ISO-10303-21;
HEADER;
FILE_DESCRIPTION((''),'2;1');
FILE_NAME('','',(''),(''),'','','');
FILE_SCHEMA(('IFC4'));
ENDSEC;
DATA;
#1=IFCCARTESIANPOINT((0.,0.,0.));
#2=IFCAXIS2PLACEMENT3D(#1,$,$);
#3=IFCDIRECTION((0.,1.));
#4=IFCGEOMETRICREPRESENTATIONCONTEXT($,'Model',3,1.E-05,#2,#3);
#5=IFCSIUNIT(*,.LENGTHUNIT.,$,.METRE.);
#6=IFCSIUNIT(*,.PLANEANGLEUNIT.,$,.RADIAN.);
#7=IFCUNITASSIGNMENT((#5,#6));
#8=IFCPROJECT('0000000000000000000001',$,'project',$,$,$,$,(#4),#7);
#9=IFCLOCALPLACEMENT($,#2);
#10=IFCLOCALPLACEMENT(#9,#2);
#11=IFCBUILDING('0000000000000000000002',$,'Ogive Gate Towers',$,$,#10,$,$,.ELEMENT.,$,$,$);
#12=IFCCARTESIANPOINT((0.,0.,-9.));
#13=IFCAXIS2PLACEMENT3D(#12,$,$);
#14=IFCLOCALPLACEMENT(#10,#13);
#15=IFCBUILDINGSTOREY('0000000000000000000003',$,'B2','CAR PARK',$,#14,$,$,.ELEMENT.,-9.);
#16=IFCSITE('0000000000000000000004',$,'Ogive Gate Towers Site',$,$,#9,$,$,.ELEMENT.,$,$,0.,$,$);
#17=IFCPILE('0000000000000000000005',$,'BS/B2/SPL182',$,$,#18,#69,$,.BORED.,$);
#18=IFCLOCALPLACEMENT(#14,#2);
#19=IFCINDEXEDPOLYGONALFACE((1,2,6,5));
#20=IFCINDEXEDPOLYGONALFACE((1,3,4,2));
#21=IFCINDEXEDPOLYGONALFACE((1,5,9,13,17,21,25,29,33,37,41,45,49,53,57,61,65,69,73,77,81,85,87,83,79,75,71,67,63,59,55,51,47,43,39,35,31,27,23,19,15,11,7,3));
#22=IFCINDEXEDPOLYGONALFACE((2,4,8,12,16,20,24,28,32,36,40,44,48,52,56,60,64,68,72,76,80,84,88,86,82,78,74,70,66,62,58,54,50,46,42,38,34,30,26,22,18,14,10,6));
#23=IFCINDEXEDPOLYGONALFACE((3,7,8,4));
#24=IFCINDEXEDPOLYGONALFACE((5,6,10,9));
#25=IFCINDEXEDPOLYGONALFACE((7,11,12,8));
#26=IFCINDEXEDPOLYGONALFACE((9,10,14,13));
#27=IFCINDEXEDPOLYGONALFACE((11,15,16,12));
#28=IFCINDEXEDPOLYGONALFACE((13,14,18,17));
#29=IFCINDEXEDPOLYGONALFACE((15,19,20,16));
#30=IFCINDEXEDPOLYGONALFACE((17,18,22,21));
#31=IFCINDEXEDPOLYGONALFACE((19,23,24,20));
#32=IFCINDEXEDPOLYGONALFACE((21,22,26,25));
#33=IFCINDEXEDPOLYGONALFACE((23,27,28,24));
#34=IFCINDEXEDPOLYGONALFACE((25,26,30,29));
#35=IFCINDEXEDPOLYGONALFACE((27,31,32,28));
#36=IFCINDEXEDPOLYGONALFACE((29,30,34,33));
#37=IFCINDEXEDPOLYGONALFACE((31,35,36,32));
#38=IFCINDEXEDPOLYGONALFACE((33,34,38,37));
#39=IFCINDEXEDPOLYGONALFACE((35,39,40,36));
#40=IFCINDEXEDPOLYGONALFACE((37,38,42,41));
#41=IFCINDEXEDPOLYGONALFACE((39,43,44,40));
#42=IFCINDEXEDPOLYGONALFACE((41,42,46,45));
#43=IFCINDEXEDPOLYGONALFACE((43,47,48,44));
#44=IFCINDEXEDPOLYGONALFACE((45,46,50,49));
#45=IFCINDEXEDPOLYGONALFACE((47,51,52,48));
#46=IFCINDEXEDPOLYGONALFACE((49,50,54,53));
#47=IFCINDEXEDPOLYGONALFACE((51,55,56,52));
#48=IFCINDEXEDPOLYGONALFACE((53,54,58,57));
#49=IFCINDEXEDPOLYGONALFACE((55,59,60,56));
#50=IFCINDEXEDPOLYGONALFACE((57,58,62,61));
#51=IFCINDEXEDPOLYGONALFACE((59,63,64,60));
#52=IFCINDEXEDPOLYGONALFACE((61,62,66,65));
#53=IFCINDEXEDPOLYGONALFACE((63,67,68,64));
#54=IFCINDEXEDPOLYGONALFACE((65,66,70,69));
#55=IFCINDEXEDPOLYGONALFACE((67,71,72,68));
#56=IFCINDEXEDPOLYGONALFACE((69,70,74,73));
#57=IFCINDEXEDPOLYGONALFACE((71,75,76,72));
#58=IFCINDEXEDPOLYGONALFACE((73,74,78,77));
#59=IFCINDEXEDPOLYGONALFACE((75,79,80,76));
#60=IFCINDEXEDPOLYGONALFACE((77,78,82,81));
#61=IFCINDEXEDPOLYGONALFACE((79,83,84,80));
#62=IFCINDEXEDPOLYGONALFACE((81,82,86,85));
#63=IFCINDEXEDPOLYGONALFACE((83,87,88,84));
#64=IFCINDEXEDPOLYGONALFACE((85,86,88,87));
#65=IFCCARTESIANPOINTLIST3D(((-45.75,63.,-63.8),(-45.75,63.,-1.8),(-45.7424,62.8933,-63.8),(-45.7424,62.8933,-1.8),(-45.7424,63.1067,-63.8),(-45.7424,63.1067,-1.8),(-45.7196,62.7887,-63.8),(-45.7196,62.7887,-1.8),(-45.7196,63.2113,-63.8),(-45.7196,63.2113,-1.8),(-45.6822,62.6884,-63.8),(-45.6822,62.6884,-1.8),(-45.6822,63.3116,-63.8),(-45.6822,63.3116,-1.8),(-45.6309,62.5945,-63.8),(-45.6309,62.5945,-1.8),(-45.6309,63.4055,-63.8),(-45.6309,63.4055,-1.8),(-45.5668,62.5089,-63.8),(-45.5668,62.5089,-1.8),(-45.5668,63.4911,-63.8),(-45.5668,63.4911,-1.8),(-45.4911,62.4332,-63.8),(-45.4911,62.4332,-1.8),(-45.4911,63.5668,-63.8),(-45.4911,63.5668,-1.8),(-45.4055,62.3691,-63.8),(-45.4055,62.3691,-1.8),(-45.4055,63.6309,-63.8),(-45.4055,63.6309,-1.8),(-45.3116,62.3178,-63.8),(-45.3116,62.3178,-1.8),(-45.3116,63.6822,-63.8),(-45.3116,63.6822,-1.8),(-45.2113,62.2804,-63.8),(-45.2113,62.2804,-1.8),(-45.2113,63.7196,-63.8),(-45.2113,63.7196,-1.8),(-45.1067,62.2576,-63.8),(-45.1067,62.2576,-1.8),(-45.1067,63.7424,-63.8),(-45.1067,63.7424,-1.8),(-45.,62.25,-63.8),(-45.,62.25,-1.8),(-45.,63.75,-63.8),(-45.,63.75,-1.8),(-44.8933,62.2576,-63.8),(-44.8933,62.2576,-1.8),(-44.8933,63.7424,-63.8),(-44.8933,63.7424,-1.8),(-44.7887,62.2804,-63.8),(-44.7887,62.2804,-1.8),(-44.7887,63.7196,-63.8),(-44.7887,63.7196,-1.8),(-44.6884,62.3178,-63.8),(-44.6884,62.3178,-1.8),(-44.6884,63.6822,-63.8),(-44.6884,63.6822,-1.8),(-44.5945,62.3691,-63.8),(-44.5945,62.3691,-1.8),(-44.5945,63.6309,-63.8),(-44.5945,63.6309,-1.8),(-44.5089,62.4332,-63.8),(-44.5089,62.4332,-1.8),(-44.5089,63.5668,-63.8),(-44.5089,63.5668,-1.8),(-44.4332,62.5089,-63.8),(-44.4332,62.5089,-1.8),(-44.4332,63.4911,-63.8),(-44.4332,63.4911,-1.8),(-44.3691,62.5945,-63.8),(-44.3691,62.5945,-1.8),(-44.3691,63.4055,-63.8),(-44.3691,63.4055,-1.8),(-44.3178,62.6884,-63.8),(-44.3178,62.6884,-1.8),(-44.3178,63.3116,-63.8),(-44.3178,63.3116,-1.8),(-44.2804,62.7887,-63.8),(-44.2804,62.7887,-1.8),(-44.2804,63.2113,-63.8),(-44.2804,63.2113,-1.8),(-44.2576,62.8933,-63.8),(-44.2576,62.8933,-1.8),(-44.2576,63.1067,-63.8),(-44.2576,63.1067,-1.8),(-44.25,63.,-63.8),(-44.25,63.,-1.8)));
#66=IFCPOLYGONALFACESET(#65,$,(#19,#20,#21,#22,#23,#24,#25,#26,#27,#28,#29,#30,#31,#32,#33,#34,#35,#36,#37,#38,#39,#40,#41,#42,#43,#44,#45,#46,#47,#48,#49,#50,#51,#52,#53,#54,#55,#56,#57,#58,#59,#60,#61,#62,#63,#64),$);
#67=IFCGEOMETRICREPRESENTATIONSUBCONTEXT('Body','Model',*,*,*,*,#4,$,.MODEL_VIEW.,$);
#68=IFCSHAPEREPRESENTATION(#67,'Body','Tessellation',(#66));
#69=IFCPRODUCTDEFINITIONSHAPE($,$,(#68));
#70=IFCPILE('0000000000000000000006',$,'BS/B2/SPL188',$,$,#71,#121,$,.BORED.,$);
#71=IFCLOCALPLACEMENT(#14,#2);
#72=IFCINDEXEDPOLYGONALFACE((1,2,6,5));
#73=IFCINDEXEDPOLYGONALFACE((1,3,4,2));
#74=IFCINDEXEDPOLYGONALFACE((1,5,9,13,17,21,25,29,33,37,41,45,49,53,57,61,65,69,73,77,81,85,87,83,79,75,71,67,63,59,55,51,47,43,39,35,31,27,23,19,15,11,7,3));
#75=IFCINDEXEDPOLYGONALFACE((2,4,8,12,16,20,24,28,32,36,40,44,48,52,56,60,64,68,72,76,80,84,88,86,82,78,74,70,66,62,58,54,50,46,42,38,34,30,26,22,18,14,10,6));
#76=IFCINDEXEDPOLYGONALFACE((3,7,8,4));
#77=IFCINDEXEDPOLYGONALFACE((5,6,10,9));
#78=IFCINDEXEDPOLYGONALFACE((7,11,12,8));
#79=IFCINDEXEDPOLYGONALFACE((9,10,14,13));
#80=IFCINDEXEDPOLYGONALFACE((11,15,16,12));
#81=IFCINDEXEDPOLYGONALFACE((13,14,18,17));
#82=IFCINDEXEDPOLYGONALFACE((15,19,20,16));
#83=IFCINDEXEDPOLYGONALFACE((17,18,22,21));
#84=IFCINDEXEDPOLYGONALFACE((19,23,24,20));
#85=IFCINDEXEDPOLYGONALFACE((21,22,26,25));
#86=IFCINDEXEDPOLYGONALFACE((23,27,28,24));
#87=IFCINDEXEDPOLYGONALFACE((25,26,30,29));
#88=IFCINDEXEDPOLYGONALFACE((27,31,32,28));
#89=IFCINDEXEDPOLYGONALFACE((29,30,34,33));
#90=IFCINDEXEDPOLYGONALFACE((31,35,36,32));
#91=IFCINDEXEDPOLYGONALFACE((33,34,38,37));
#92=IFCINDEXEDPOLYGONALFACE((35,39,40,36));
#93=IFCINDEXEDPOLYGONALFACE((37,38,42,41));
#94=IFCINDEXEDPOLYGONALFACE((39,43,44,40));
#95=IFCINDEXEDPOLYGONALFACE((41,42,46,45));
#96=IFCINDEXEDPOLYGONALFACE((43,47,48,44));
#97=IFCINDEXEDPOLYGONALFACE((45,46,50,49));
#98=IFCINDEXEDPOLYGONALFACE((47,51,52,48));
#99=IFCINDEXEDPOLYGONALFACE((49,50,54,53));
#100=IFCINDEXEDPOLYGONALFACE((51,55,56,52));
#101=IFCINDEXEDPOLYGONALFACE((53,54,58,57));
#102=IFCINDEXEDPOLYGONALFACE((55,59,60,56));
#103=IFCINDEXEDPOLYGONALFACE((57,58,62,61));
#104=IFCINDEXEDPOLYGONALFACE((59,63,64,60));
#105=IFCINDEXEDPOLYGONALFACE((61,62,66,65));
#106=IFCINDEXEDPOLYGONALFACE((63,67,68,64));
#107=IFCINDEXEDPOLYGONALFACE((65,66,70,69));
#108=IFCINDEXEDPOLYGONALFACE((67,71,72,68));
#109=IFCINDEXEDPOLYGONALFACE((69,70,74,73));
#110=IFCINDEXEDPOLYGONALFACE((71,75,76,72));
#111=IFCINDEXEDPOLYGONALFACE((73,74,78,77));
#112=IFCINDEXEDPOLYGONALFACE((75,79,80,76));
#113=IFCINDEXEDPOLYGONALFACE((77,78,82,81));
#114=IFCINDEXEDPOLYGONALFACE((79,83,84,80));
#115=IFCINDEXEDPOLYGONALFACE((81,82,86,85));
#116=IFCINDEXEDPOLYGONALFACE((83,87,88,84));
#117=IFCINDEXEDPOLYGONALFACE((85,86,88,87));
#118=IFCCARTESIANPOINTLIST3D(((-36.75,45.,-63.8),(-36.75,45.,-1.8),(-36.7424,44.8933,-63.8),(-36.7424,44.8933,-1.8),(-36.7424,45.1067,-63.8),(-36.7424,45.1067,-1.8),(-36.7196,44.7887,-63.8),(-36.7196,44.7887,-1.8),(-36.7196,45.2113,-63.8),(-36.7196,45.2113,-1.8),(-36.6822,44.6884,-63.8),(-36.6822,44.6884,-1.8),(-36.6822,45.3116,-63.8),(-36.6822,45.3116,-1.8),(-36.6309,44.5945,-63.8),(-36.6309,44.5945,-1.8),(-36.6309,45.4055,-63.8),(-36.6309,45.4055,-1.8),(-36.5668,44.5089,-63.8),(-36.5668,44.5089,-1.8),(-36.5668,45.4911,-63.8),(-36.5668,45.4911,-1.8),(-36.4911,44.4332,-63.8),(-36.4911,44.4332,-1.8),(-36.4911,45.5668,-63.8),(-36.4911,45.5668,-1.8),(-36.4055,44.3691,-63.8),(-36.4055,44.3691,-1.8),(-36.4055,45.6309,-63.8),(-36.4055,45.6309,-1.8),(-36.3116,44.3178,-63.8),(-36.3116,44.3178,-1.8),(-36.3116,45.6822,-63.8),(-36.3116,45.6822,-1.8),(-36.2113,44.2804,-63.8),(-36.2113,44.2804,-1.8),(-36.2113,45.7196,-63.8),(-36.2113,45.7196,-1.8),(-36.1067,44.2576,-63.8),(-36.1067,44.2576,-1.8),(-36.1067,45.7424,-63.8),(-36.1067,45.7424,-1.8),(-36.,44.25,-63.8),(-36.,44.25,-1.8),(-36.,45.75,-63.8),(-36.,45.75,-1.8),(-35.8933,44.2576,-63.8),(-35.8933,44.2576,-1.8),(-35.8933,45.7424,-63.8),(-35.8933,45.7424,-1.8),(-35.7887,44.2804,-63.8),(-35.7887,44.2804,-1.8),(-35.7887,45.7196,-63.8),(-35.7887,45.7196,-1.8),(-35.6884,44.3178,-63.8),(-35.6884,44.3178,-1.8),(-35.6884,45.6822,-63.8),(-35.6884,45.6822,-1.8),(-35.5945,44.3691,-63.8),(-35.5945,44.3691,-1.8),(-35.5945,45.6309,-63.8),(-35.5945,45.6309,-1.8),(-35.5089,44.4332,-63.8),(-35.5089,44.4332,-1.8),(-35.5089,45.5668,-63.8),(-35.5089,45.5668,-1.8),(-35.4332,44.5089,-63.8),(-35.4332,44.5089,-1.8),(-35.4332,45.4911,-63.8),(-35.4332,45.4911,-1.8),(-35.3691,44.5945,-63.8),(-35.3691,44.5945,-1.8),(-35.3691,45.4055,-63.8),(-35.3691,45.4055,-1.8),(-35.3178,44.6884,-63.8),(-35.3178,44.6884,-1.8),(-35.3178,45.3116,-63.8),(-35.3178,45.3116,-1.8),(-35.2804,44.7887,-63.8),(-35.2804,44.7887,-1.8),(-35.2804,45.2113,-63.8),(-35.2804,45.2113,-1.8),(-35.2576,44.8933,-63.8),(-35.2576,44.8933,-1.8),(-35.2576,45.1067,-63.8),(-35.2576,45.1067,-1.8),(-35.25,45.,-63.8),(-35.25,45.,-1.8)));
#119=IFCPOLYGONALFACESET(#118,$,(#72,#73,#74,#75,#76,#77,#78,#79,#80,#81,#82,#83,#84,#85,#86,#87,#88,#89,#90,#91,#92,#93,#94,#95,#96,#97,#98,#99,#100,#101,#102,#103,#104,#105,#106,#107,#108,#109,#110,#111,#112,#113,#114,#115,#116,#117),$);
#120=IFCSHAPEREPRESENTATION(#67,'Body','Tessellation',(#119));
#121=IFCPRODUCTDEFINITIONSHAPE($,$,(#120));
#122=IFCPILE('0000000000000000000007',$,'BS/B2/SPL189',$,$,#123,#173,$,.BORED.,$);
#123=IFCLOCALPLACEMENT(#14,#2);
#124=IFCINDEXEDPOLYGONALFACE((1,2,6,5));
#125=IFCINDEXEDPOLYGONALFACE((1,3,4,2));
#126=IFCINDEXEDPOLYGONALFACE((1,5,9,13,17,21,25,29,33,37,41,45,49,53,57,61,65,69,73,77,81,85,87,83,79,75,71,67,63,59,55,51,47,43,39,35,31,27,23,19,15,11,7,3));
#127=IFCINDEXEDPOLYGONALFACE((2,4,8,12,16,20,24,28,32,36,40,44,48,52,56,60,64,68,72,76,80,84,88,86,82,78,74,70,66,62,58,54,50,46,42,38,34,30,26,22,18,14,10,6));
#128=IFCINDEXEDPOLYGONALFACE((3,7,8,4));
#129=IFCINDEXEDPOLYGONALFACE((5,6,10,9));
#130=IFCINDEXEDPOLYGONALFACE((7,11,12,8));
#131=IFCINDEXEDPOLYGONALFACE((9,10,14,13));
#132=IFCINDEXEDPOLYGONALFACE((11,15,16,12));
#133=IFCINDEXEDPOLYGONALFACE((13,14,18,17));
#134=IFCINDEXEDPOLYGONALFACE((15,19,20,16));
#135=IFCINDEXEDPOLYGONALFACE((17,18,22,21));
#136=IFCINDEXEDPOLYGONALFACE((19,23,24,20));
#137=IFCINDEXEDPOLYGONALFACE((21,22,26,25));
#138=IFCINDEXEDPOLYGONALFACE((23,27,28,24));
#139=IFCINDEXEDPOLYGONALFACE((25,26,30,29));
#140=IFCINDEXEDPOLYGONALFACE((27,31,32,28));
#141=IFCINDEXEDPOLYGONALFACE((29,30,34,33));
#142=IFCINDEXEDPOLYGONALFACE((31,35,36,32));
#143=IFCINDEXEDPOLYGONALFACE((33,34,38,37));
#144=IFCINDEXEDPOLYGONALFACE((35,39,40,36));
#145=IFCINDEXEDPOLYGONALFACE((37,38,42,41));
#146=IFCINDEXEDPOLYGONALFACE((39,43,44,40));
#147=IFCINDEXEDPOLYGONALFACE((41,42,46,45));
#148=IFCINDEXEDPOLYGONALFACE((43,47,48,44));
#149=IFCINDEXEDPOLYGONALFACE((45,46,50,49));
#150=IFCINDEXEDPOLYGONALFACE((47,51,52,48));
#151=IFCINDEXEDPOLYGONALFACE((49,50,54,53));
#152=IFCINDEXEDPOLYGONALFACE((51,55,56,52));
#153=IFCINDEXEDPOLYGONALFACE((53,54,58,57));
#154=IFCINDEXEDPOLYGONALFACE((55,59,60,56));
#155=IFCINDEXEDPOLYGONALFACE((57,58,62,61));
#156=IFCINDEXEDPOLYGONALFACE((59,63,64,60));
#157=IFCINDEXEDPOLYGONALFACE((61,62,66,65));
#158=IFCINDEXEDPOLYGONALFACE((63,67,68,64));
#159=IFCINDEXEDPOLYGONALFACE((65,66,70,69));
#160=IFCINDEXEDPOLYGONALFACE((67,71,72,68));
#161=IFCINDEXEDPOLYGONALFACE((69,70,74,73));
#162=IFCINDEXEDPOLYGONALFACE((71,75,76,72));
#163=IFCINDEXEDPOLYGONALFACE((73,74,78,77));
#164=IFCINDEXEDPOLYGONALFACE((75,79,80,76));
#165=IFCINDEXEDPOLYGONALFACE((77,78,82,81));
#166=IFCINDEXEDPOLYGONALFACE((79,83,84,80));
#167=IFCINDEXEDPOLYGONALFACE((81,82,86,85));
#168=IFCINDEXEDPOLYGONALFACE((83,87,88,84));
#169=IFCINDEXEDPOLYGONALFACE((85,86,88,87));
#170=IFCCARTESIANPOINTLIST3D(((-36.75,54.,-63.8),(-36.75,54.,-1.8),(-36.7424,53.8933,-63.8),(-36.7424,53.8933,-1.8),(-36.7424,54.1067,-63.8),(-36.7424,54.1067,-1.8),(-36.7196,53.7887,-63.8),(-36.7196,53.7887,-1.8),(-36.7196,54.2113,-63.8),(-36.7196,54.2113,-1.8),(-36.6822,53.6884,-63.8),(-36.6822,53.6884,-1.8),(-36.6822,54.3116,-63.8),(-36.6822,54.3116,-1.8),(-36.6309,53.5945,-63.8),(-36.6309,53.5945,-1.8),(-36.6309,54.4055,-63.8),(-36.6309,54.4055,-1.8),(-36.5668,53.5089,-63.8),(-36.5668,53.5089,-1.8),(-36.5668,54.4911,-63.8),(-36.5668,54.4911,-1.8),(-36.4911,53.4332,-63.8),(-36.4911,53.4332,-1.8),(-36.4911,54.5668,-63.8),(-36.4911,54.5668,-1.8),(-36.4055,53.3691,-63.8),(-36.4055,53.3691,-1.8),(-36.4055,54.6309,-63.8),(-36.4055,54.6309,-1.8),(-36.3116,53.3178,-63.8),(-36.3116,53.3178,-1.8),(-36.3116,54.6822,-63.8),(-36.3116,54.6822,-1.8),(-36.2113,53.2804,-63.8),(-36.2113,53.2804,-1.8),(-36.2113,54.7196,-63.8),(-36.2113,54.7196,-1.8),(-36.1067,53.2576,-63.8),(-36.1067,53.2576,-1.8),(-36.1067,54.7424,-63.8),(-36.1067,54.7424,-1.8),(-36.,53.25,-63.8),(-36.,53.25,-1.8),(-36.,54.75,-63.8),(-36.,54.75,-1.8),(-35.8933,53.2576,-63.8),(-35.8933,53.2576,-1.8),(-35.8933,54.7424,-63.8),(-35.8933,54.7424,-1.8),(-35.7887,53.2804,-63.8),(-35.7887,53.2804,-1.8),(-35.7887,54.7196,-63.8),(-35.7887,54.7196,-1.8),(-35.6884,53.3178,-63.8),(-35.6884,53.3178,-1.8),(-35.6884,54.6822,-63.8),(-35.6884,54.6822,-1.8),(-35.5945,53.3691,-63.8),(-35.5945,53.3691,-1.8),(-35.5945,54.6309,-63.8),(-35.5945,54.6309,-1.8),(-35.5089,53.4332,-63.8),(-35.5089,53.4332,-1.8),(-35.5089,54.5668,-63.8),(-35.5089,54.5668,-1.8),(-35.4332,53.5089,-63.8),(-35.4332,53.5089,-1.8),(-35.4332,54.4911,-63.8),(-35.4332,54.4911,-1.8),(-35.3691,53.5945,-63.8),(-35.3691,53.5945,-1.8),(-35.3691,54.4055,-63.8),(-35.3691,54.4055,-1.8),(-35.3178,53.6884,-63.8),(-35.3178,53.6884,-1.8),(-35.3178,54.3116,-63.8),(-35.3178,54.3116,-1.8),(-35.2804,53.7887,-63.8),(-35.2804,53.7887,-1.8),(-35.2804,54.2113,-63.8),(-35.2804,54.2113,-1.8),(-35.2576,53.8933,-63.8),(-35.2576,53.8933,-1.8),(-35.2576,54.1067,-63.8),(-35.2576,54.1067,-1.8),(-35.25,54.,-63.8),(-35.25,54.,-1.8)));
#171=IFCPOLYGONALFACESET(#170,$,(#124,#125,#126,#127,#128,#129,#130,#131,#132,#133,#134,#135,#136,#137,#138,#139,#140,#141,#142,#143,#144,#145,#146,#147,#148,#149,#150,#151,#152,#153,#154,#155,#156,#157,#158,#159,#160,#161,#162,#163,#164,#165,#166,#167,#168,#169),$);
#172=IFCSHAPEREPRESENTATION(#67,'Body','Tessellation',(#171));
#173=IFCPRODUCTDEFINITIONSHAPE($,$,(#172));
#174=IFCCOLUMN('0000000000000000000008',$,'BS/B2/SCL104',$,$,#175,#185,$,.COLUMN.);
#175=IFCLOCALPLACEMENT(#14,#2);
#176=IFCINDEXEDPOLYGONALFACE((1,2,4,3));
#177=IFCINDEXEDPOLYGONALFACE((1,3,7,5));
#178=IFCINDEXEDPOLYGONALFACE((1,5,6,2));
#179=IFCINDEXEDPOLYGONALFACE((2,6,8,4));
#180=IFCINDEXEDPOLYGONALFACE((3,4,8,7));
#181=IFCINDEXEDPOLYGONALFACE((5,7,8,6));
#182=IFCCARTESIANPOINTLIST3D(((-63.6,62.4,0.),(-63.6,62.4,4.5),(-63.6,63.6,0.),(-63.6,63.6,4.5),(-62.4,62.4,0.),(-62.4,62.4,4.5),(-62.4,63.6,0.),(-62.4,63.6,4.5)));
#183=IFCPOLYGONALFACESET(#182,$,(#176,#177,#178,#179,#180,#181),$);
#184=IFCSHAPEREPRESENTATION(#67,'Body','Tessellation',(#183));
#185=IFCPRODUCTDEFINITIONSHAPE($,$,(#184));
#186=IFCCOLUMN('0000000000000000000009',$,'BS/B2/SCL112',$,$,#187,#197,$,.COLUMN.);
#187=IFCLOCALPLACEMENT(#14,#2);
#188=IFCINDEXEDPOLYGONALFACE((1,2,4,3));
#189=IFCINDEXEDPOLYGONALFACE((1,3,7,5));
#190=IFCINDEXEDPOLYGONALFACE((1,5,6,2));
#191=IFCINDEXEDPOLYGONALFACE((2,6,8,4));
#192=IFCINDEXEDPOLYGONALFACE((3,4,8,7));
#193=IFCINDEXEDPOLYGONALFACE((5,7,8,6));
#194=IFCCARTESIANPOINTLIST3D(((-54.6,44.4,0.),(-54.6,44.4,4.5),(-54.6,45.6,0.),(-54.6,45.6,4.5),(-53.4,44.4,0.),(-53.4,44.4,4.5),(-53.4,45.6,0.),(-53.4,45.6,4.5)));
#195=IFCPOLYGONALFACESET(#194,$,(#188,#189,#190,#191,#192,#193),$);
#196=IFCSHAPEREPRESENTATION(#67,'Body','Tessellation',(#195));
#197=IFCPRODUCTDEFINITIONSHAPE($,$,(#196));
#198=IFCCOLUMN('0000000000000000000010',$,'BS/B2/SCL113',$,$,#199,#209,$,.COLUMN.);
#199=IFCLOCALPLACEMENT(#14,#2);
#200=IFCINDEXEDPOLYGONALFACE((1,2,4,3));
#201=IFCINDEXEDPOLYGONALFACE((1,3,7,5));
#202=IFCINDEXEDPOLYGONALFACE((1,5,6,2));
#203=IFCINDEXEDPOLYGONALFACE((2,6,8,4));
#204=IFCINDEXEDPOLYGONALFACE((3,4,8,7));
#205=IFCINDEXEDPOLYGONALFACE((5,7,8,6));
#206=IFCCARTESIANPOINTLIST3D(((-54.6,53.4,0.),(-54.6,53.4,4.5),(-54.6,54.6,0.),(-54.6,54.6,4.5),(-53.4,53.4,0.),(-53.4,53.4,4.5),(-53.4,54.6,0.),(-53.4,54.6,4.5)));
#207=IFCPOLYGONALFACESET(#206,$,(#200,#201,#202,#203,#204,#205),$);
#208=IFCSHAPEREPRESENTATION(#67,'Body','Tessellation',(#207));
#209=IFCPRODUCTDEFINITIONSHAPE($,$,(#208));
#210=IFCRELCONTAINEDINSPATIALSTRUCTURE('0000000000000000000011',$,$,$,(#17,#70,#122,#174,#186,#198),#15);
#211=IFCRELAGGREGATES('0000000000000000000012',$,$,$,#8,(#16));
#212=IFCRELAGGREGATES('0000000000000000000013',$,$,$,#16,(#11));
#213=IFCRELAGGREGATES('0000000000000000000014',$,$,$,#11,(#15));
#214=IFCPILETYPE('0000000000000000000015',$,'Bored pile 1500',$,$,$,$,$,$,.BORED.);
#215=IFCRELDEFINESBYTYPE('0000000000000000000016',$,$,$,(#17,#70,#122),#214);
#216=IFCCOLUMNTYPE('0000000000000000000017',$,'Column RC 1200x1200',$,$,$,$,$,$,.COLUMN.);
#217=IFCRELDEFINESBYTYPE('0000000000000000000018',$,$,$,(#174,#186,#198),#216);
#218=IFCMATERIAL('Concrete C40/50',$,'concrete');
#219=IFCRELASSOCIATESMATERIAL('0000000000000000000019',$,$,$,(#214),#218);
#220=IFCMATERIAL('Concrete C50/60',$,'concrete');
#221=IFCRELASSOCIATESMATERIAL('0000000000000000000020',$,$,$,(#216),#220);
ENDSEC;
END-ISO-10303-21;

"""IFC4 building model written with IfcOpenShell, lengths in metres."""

from ifc_helpers import new_model, si_unit, direction, frame, origin, origin_2d, place, context, subcontext, project, spatial, rectangle, circle, extrude, material, material_profile, profile_set, type_object, element, save


model = new_model("IFC4")

# Units and contexts
model_context = context("Model", 3, precision=1e-05, world=origin(), true_north=direction((0.0, 1.0)))
body_context = subcontext(model_context, "Body", "Model", "MODEL_VIEW")
ifc_project = project(units=[si_unit("LENGTHUNIT", "METRE"), si_unit("PLANEANGLEUNIT", "RADIAN")], contexts=[model_context])

# Site, building, storey
site_placement = place(None, origin())
site = spatial("IfcSite", under=ifc_project, at=site_placement, Name="Ogive Gate Towers Site", CompositionType="ELEMENT", RefElevation=0.0)
building_placement = place(site_placement, origin())
building = spatial("IfcBuilding", under=site, at=building_placement, Name="Ogive Gate Towers", CompositionType="ELEMENT")
storey_placement = place(building_placement, frame((0.0, 0.0, -9.0)))
storey = spatial("IfcBuildingStorey", under=building, at=storey_placement, Name="B2", Description="CAR PARK", CompositionType="ELEMENT", Elevation=-9.0)

# Piles
ifc_material_1 = material(Name="Concrete C40/50", Category="concrete")
ifc_material_profile_1 = material_profile(ifc_material_1, circle(Radius=0.75, at=origin_2d()), Name="BP 1500")
ifc_profile_set_1 = profile_set([ifc_material_profile_1], Name="Concrete C40/50")
pile_type = type_object("IfcPileType", Name="Bored pile 1500", PredefinedType="BORED", material=ifc_profile_set_1)
for number, where, z_axis, x_axis, name in (
    (1, (-45.0, 63.0, -1.8), (0.0, 0.0, -1.0), (1.0, 0.0, 0.0), "BS/B2/SPL182"),
    (2, (-36.0, 45.0, -1.8), (0.0, 0.0, -1.0), (1.0, 0.0, 0.0), "BS/B2/SPL188"),
    (3, (-36.0, 54.0, -1.8), (0.0, 0.0, -1.0), (1.0, 0.0, 0.0), "BS/B2/SPL189"),
):
    element("IfcPile", number, at=place(storey_placement, frame(where, z_axis=z_axis, x_axis=x_axis)), inside=storey, type_object=pile_type, Name=name, PredefinedType="BORED", context=body_context, shape_type="SweptSolid", body=[
        extrude(circle(Radius=0.75, at=origin_2d()), origin(), (0.0, 0.0, 1.0), 62.0),
    ])

# Columns
ifc_material_2 = material(Name="Concrete C50/60", Category="concrete")
ifc_material_profile_2 = material_profile(ifc_material_2, rectangle(XDim=1.2, YDim=1.2, at=origin_2d()), Name="RC 1200x1200")
ifc_profile_set_2 = profile_set([ifc_material_profile_2], Name="Concrete C50/60")
column_type = type_object("IfcColumnType", Name="Column RC 1200x1200", PredefinedType="COLUMN", material=ifc_profile_set_2)
for number, where, z_axis, x_axis, name in (
    (4, (-63.0, 63.0, 0.0), (0.0, 0.0, 1.0), (1.0, 0.0, 0.0), "BS/B2/SCL104"),
    (5, (-54.0, 45.0, 0.0), (0.0, 0.0, 1.0), (1.0, 0.0, 0.0), "BS/B2/SCL112"),
    (6, (-54.0, 54.0, 0.0), (0.0, 0.0, 1.0), (1.0, 0.0, 0.0), "BS/B2/SCL113"),
):
    element("IfcColumn", number, at=place(storey_placement, frame(where, z_axis=z_axis, x_axis=x_axis)), inside=storey, type_object=column_type, Name=name, PredefinedType="COLUMN", context=body_context, shape_type="SweptSolid", body=[
        extrude(rectangle(XDim=1.2, YDim=1.2, at=origin_2d()), origin(), (0.0, 0.0, 1.0), 4.5),
    ])

save(model, "model.ifc")
